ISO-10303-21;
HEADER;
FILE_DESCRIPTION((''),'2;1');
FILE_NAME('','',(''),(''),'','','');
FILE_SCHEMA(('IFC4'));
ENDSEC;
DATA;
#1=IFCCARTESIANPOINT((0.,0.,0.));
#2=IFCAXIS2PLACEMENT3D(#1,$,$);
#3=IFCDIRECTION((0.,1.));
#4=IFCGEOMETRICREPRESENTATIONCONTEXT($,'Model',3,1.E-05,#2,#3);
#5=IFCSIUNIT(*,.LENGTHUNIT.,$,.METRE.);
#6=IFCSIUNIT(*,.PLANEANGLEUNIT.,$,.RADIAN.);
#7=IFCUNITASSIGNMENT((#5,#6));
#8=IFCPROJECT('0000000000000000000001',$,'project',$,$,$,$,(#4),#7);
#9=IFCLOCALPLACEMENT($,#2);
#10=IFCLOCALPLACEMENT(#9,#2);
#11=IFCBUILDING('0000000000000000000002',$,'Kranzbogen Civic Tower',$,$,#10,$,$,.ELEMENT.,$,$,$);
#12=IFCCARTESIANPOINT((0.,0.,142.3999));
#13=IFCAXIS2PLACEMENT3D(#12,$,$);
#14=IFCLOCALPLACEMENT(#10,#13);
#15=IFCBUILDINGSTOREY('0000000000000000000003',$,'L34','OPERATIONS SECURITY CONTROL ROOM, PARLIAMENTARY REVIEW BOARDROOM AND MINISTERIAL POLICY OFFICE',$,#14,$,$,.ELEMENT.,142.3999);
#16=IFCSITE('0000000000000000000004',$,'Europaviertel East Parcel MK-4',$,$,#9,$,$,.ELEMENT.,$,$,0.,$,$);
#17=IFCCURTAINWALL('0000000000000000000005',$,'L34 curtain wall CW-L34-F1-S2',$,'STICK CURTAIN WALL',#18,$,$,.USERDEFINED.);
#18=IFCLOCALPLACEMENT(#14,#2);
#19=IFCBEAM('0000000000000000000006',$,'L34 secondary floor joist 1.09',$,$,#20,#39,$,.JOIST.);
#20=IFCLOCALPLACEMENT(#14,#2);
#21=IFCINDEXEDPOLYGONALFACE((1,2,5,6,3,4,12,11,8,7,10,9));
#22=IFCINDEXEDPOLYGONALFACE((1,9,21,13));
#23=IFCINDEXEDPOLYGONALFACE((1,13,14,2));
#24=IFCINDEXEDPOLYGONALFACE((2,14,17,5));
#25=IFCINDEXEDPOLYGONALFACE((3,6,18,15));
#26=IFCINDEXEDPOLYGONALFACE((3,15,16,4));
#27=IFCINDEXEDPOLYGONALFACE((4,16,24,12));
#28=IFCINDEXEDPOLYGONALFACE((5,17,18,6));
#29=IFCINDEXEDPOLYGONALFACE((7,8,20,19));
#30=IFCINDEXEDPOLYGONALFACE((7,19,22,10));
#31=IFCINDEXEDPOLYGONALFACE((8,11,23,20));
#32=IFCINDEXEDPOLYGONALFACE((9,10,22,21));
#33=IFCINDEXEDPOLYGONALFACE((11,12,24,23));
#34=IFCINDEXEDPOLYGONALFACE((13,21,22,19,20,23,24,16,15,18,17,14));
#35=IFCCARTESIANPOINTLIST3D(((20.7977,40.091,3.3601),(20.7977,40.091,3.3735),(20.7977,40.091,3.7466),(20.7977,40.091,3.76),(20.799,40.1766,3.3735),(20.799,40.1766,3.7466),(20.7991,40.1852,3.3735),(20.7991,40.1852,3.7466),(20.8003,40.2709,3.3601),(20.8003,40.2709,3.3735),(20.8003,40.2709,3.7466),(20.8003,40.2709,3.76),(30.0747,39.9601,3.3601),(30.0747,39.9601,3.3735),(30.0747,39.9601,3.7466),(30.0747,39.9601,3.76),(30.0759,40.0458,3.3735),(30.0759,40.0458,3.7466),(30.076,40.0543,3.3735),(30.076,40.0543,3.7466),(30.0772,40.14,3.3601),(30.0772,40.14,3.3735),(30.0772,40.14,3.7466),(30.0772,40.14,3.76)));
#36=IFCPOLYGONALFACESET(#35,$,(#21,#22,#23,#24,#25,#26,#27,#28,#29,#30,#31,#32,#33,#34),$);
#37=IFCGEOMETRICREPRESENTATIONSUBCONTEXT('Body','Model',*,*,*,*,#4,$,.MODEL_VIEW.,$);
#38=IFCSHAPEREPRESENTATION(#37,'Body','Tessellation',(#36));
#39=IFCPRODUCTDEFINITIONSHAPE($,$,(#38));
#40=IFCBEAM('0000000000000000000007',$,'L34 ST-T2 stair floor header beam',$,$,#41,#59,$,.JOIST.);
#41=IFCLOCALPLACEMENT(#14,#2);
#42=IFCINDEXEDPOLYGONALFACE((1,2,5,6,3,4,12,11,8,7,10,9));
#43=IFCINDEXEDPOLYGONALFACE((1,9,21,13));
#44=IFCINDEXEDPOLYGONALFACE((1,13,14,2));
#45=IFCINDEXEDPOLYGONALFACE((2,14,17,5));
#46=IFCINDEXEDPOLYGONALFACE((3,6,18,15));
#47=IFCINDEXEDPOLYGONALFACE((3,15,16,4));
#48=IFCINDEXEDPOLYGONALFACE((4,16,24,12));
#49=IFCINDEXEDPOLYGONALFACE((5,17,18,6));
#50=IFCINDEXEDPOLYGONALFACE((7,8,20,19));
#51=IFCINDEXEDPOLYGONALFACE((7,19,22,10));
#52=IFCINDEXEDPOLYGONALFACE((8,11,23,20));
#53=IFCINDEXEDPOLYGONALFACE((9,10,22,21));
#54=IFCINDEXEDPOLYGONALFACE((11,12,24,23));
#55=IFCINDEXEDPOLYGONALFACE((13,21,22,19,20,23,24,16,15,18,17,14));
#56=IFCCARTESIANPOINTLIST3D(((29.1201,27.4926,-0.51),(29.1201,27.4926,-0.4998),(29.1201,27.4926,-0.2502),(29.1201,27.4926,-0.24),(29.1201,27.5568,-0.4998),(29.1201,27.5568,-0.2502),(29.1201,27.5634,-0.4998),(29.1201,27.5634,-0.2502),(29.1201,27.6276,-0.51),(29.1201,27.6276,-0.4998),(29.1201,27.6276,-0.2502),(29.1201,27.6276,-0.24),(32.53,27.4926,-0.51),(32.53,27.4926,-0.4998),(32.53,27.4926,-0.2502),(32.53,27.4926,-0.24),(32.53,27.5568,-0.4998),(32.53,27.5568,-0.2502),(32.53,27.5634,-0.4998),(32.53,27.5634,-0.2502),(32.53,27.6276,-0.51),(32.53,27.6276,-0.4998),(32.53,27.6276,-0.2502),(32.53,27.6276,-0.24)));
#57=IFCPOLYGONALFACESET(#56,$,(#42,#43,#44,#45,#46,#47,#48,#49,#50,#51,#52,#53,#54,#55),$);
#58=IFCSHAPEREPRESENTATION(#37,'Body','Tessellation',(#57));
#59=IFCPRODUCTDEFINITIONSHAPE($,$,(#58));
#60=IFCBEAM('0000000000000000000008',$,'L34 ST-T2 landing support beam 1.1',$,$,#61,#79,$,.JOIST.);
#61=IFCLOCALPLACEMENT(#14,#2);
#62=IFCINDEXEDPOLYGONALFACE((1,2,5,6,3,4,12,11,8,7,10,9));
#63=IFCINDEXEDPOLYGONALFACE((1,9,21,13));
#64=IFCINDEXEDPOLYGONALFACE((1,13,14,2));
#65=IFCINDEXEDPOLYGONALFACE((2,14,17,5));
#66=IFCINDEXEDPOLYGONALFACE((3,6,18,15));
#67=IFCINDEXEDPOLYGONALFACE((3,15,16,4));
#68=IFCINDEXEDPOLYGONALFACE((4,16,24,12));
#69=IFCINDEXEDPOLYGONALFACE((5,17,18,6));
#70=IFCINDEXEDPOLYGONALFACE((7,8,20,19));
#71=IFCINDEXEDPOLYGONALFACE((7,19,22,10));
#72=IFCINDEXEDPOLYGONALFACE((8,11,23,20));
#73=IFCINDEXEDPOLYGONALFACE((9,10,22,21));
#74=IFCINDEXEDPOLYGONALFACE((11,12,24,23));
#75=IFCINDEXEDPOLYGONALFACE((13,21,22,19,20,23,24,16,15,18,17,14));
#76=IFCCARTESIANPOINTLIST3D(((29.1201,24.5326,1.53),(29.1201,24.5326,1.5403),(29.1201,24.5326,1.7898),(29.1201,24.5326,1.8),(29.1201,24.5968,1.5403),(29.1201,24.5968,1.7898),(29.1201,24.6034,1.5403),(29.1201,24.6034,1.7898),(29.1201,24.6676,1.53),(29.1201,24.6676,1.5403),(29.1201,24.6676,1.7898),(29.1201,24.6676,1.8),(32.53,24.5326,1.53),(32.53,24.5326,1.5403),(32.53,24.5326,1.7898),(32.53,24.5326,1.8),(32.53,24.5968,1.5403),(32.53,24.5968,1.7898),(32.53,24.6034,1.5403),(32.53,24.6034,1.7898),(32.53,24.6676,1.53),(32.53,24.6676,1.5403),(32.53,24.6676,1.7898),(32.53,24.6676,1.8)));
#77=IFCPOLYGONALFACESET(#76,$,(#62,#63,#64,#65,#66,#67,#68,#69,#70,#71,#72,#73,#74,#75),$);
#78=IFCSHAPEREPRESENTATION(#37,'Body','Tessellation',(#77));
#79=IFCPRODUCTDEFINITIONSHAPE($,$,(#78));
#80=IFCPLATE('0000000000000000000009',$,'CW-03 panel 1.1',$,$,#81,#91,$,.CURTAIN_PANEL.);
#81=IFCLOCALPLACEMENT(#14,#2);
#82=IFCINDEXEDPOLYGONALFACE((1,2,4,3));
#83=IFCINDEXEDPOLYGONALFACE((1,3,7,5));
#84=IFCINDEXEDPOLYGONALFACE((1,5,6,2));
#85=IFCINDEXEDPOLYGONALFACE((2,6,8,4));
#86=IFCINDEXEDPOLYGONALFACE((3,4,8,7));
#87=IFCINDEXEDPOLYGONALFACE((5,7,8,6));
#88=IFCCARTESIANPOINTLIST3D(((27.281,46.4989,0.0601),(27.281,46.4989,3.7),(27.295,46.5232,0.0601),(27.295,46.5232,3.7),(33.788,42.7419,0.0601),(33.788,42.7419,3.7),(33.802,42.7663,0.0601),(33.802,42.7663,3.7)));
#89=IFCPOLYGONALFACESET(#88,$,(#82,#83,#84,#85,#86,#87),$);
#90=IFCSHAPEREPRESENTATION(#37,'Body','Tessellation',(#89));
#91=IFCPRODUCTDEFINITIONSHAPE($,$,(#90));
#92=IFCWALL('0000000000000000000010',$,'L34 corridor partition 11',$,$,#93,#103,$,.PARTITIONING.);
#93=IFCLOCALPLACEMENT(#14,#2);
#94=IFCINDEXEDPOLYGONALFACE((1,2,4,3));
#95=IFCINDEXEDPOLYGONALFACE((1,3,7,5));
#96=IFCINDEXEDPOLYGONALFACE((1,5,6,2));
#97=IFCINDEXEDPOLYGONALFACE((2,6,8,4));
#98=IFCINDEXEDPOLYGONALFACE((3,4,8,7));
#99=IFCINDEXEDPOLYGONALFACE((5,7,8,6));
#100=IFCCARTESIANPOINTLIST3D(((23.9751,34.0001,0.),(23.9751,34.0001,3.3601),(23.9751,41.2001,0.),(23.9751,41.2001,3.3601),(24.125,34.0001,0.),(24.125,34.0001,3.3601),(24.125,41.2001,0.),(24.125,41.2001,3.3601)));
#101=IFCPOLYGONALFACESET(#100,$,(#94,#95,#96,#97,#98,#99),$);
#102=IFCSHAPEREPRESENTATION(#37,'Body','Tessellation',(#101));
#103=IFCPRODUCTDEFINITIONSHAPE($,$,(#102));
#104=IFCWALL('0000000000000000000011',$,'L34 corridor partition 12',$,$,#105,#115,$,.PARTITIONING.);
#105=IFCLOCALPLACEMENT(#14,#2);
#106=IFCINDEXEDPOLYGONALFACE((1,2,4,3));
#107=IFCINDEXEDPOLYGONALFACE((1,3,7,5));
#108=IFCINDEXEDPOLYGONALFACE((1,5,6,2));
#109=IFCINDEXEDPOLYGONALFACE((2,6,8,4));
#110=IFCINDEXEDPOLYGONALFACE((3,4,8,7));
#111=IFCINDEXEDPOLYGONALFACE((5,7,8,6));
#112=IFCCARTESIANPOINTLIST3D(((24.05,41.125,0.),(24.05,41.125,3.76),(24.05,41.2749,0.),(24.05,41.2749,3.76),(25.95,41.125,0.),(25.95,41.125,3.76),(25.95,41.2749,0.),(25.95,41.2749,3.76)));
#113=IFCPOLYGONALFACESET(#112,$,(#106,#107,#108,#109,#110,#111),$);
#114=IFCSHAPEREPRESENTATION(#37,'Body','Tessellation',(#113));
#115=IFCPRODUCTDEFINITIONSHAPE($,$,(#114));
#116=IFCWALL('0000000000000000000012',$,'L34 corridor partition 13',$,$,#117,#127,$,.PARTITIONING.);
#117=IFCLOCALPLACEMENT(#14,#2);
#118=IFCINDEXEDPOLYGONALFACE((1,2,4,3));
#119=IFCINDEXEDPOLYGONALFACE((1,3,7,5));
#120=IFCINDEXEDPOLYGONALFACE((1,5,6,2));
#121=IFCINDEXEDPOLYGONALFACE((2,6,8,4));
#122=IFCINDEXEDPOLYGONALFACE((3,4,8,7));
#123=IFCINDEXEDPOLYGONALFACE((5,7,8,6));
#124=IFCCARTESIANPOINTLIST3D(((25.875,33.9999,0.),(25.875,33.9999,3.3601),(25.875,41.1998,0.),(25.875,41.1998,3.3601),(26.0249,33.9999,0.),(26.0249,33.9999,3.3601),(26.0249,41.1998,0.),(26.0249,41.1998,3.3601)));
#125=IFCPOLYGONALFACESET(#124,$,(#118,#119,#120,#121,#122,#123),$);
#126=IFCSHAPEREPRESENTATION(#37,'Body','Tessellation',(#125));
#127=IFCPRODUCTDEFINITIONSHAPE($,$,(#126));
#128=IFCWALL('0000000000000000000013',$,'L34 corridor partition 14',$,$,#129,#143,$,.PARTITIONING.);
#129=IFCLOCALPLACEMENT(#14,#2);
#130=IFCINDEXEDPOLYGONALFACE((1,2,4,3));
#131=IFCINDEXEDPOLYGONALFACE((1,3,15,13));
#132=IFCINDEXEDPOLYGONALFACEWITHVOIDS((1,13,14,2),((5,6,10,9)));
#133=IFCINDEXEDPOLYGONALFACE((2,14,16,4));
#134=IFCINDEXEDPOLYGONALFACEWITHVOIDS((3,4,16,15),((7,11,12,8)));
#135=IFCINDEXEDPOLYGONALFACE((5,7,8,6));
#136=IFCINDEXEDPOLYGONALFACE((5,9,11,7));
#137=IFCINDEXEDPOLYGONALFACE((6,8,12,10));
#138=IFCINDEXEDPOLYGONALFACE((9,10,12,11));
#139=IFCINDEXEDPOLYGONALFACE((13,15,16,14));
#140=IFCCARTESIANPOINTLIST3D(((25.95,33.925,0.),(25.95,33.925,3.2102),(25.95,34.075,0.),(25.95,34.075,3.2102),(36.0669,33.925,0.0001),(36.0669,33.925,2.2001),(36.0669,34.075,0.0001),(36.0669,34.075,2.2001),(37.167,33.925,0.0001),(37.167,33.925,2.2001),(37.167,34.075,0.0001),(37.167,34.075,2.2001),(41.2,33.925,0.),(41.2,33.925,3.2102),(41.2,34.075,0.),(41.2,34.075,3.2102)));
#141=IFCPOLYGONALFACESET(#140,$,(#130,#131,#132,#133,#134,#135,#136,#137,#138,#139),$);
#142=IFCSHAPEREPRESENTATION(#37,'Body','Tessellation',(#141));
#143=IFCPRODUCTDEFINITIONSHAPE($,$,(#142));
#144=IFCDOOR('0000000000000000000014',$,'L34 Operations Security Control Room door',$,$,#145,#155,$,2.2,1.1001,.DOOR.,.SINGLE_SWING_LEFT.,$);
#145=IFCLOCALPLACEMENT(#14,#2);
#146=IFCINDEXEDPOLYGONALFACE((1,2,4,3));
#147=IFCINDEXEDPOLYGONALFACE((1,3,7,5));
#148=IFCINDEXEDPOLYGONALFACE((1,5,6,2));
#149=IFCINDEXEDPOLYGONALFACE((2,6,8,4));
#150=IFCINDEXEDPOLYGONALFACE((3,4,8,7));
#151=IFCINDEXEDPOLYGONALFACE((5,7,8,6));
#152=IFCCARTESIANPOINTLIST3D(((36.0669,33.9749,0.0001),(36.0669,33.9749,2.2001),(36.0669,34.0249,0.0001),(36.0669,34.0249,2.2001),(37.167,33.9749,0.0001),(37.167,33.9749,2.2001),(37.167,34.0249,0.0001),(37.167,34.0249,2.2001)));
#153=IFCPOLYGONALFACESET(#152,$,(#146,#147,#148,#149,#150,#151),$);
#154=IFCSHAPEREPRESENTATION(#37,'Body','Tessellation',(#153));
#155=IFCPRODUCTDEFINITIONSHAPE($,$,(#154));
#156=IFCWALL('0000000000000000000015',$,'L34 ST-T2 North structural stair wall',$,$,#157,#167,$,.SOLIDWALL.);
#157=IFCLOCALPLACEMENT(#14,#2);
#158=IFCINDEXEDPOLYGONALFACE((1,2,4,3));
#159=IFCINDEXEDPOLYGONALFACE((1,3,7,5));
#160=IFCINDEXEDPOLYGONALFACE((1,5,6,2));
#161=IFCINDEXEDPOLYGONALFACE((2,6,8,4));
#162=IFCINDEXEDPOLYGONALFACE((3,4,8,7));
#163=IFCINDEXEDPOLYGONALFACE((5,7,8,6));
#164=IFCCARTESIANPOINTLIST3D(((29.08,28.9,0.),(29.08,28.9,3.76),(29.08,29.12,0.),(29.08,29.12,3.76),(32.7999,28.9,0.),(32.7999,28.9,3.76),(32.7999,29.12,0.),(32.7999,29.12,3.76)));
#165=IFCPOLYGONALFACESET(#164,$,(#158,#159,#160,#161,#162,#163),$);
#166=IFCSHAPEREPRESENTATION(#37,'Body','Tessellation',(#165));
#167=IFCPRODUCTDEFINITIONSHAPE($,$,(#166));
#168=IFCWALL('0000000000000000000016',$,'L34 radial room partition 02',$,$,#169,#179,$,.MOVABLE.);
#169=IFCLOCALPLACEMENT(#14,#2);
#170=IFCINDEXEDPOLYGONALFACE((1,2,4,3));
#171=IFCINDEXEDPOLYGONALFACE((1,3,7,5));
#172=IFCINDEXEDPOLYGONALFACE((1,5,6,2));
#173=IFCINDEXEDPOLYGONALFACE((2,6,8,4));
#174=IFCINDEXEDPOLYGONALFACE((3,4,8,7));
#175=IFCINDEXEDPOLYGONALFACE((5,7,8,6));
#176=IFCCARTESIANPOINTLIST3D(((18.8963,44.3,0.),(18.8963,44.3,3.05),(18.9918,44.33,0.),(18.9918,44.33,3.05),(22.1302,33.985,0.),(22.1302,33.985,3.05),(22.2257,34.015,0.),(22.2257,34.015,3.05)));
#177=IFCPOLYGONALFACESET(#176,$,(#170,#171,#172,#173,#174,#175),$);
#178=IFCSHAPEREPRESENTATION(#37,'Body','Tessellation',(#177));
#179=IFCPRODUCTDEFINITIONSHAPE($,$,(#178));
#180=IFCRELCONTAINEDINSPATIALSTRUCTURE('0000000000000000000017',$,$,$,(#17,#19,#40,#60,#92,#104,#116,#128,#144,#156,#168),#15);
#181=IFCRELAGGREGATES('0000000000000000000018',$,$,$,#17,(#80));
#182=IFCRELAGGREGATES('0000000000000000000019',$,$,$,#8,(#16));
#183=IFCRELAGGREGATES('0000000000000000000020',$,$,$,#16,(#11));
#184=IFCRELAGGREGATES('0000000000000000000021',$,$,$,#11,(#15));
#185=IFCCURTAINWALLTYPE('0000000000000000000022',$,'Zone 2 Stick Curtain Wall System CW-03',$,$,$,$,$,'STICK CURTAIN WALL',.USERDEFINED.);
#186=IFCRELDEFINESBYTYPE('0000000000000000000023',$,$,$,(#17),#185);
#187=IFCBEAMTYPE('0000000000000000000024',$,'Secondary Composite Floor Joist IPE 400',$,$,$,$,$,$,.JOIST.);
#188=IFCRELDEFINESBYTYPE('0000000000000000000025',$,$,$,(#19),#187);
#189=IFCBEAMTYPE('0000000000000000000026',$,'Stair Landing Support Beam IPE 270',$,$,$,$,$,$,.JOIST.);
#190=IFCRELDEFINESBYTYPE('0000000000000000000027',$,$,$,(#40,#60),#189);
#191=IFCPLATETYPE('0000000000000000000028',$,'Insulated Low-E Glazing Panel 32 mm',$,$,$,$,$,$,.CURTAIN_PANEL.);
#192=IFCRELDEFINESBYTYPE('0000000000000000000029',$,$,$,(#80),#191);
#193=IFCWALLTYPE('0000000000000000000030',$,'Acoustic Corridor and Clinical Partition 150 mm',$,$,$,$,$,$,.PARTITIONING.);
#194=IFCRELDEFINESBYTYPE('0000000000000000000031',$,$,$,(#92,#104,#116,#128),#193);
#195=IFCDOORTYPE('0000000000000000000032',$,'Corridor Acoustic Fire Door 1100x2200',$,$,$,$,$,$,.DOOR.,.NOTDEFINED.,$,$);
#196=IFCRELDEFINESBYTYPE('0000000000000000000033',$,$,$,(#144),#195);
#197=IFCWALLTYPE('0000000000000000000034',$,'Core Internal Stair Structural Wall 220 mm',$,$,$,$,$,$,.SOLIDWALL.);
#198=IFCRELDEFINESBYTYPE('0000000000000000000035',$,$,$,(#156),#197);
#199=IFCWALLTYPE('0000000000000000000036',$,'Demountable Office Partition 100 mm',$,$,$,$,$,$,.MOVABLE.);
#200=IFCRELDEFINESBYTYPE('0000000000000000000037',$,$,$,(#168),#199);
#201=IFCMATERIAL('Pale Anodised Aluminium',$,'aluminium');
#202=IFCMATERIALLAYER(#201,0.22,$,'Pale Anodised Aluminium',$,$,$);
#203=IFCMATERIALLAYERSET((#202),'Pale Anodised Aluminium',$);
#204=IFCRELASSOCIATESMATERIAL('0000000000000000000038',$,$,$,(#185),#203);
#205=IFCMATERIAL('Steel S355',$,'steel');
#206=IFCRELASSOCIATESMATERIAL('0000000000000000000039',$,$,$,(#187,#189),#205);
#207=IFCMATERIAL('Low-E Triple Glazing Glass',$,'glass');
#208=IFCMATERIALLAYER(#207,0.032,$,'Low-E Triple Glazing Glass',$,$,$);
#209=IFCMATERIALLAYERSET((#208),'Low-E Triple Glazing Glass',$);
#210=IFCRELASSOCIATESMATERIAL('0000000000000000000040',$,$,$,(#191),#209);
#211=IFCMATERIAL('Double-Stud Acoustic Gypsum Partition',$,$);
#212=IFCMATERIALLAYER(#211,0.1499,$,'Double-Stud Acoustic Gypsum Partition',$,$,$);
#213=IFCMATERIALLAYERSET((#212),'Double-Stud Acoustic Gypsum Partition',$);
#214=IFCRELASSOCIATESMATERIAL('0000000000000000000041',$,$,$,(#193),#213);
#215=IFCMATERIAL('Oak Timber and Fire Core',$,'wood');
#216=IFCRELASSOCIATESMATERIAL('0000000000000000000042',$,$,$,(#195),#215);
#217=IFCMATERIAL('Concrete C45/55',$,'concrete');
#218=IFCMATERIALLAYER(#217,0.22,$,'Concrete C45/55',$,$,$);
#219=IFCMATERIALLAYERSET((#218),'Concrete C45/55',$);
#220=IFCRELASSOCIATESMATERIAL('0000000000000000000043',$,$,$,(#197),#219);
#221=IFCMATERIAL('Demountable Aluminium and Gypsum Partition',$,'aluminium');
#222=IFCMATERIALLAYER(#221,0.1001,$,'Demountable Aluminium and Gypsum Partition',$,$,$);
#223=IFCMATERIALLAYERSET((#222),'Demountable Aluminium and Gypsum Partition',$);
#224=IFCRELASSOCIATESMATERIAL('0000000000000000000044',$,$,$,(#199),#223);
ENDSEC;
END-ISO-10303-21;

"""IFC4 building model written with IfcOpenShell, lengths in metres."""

from ifc_helpers import new_model, si_unit, direction, frame, frame_2d, origin, origin_2d, place, context, subcontext, project, spatial, rectangle, i_section, extrude, material, layer, layer_set, material_profile, profile_set, type_object, element, fill, aggregate, save


model = new_model("IFC4")

# Units and contexts
model_context = context("Model", 3, precision=1e-05, world=origin(), true_north=direction((0.0, 1.0)))
body_context = subcontext(model_context, "Body", "Model", "MODEL_VIEW")
ifc_project = project(units=[si_unit("LENGTHUNIT", "METRE"), si_unit("PLANEANGLEUNIT", "RADIAN")], contexts=[model_context])

# Site, building, storey
site_placement = place(None, origin())
site = spatial("IfcSite", under=ifc_project, at=site_placement, Name="Europaviertel East Parcel MK-4", CompositionType="ELEMENT", RefElevation=0.0)
building_placement = place(site_placement, origin())
building = spatial("IfcBuilding", under=site, at=building_placement, Name="Kranzbogen Civic Tower", CompositionType="ELEMENT")
storey_placement = place(building_placement, frame((0.0, 0.0, 142.3999)))
storey = spatial("IfcBuildingStorey", under=building, at=storey_placement, Name="L34", Description="OPERATIONS SECURITY CONTROL ROOM, PARLIAMENTARY REVIEW BOARDROOM AND MINISTERIAL POLICY OFFICE", CompositionType="ELEMENT", Elevation=142.3999)

# Shared definitions
ifc_material_1 = material(Name="Steel S355", Category="steel")

# Curtain wall
ifc_material_2 = material(Name="Pale Anodised Aluminium", Category="aluminium")
ifc_layer_1 = layer(ifc_material_2, 0.22, Name="Pale Anodised Aluminium")
ifc_layer_set_1 = layer_set([ifc_layer_1], Name="Pale Anodised Aluminium")
curtain_wall_type = type_object("IfcCurtainWallType", Name="Zone 2 Stick Curtain Wall System CW-03", ElementType="STICK CURTAIN WALL", PredefinedType="USERDEFINED", material=ifc_layer_set_1)
curtain_wall_1_placement = place(storey_placement, origin())
curtain_wall_1 = element("IfcCurtainWall", 1, at=curtain_wall_1_placement, inside=storey, type_object=curtain_wall_type, Name="L34 curtain wall CW-L34-F1-S2", ObjectType="STICK CURTAIN WALL", PredefinedType="USERDEFINED")

# Beams
ifc_material_profile_1 = material_profile(ifc_material_1, i_section(OverallWidth=0.1799, OverallDepth=0.3999, WebThickness=0.0085, FlangeThickness=0.0134, at=origin_2d()), Name="IPE 400")
ifc_profile_set_1 = profile_set([ifc_material_profile_1], Name="Steel S355")
beam_type_1 = type_object("IfcBeamType", Name="Secondary Composite Floor Joist IPE 400", PredefinedType="JOIST", material=ifc_profile_set_1)
beam_1_placement = place(storey_placement, frame((30.0759, 40.05, 3.5601), z_axis=(-0.999901, 0.014105, 0.0), x_axis=(-0.014105, -0.999901, 0.0)))
element("IfcBeam", 2, at=beam_1_placement, inside=storey, type_object=beam_type_1, Name="L34 secondary floor joist 1.09", PredefinedType="JOIST", context=body_context, shape_type="SweptSolid", body=[
    extrude(i_section(OverallWidth=0.1799, OverallDepth=0.3999, WebThickness=0.0085, FlangeThickness=0.0134, at=origin_2d()), origin(), (0.0, 0.0, 1.0), 9.2778),
])
ifc_material_profile_2 = material_profile(ifc_material_1, i_section(OverallWidth=0.135, OverallDepth=0.27, WebThickness=0.0066, FlangeThickness=0.0103, at=origin_2d()), Name="IPE 270")
ifc_profile_set_2 = profile_set([ifc_material_profile_2], Name="Steel S355")
beam_type_2 = type_object("IfcBeamType", Name="Stair Landing Support Beam IPE 270", PredefinedType="JOIST", material=ifc_profile_set_2)
for number, where, z_axis, x_axis, name in (
    (3, (29.1201, 27.5601, -0.375), (1.0, 0.0, 0.0), (0.0, 1.0, 0.0), "L34 ST-T2 stair floor header beam"),
    (4, (29.1201, 24.6001, 1.665), (1.0, 0.0, 0.0), (0.0, 1.0, 0.0), "L34 ST-T2 landing support beam 1.1"),
):
    element("IfcBeam", number, at=place(storey_placement, frame(where, z_axis=z_axis, x_axis=x_axis)), inside=storey, type_object=beam_type_2, Name=name, PredefinedType="JOIST", context=body_context, shape_type="SweptSolid", body=[
        extrude(i_section(OverallWidth=0.135, OverallDepth=0.27, WebThickness=0.0066, FlangeThickness=0.0103, at=origin_2d()), origin(), (0.0, 0.0, 1.0), 3.4099),
    ])

# Plate
ifc_material_3 = material(Name="Low-E Triple Glazing Glass", Category="glass")
ifc_layer_2 = layer(ifc_material_3, 0.032, Name="Low-E Triple Glazing Glass")
ifc_layer_set_2 = layer_set([ifc_layer_2], Name="Low-E Triple Glazing Glass")
plate_type = type_object("IfcPlateType", Name="Insulated Low-E Glazing Panel 32 mm", PredefinedType="CURTAIN_PANEL", material=ifc_layer_set_2)
plate_placement = place(storey_placement, frame((30.5415, 44.6326, 0.0601), z_axis=(0.0, 0.0, 1.0), x_axis=(-0.866018, 0.500013, 0.0)))
plate = element("IfcPlate", 5, at=plate_placement, type_object=plate_type, Name="CW-03 panel 1.1", PredefinedType="CURTAIN_PANEL", context=body_context, shape_type="SweptSolid", body=[
    extrude(rectangle(XDim=7.5137, YDim=0.0281, at=origin_2d()), origin(), (0.0, 0.0, 1.0), 3.6399),
])
aggregate(curtain_wall_1, [plate])

# Walls
ifc_material_4 = material(Name="Double-Stud Acoustic Gypsum Partition")
ifc_layer_3 = layer(ifc_material_4, 0.1499, Name="Double-Stud Acoustic Gypsum Partition")
ifc_layer_set_3 = layer_set([ifc_layer_3], Name="Double-Stud Acoustic Gypsum Partition")
wall_type_1 = type_object("IfcWallType", Name="Acoustic Corridor and Clinical Partition 150 mm", PredefinedType="PARTITIONING", material=ifc_layer_set_3)
wall_1_placement = place(storey_placement, frame((24.05, 34.0, 0.0), z_axis=(0.0, 0.0, 1.0), x_axis=(0.0, 1.0, 0.0)))
element("IfcWall", 6, at=wall_1_placement, inside=storey, type_object=wall_type_1, Name="L34 corridor partition 11", PredefinedType="PARTITIONING", context=body_context, shape_type="SweptSolid", body=[
    extrude(rectangle(XDim=7.2, YDim=0.1499, at=frame_2d((3.6001, 0.0))), origin(), (0.0, 0.0, 1.0), 3.3601),
])
wall_2_placement = place(storey_placement, frame((24.05, 41.2, 0.0), z_axis=(0.0, 0.0, 1.0), x_axis=(1.0, 0.0, 0.0)))
element("IfcWall", 7, at=wall_2_placement, inside=storey, type_object=wall_type_1, Name="L34 corridor partition 12", PredefinedType="PARTITIONING", context=body_context, shape_type="SweptSolid", body=[
    extrude(rectangle(XDim=1.8999, YDim=0.1499, at=frame_2d((0.95, 0.0))), origin(), (0.0, 0.0, 1.0), 3.76),
])
wall_3_placement = place(storey_placement, frame((25.95, 41.2, 0.0), z_axis=(0.0, 0.0, 1.0), x_axis=(0.0, -1.0, 0.0)))
element("IfcWall", 8, at=wall_3_placement, inside=storey, type_object=wall_type_1, Name="L34 corridor partition 13", PredefinedType="PARTITIONING", context=body_context, shape_type="SweptSolid", body=[
    extrude(rectangle(XDim=7.2, YDim=0.1499, at=frame_2d((3.6001, 0.0))), origin(), (0.0, 0.0, 1.0), 3.3601),
])

# Wall, opening, door
wall_4_placement = place(storey_placement, frame((25.95, 34.0, 0.0), z_axis=(0.0, 0.0, 1.0), x_axis=(1.0, 0.0, 0.0)))
wall_4 = element("IfcWall", 9, at=wall_4_placement, inside=storey, type_object=wall_type_1, Name="L34 corridor partition 14", PredefinedType="PARTITIONING", context=body_context, shape_type="SweptSolid", body=[
    extrude(rectangle(XDim=15.25, YDim=0.1499, at=frame_2d((7.625, 0.0))), origin(), (0.0, 0.0, 1.0), 3.2102),
])
opening_1_placement = place(wall_4_placement, frame((10.1169, 0.0, 0.0)))
opening_1 = element("IfcOpeningElement", 10, at=opening_1_placement, cuts=wall_4, PredefinedType="OPENING", context=body_context, shape_type="SweptSolid", body=[
    extrude(rectangle(XDim=1.1001, YDim=2.2, at=frame_2d((0.55, 1.1001))), frame((0.0, 0.085, 0.0), z_axis=(0.0, -1.0, 0.0), x_axis=(1.0, 0.0, 0.0)), (0.0, 0.0, 1.0), 0.1699),
])
ifc_material_5 = material(Name="Oak Timber and Fire Core", Category="wood")
door_type_1 = type_object("IfcDoorType", Name="Corridor Acoustic Fire Door 1100x2200", OperationType="NOTDEFINED", PredefinedType="DOOR", material=ifc_material_5)
door_1_placement = place(opening_1_placement, origin())
door_1 = element("IfcDoor", 11, at=door_1_placement, inside=storey, type_object=door_type_1, Name="L34 Operations Security Control Room door", OperationType="SINGLE_SWING_LEFT", OverallHeight=2.2, OverallWidth=1.1001, PredefinedType="DOOR", context=body_context, shape_type="SweptSolid", body=[
    extrude(rectangle(XDim=1.1001, YDim=2.2, at=frame_2d((0.55, 1.1001))), frame((0.0, 0.0249, 0.0), z_axis=(0.0, -1.0, 0.0), x_axis=(1.0, 0.0, 0.0)), (0.0, 0.0, 1.0), 0.05),
])
fill(opening_1, door_1)

# Walls
ifc_material_6 = material(Name="Concrete C45/55", Category="concrete")
ifc_layer_4 = layer(ifc_material_6, 0.22, Name="Concrete C45/55")
ifc_layer_set_4 = layer_set([ifc_layer_4], Name="Concrete C45/55")
wall_type_2 = type_object("IfcWallType", Name="Core Internal Stair Structural Wall 220 mm", PredefinedType="SOLIDWALL", material=ifc_layer_set_4)
wall_5_placement = place(storey_placement, frame((29.0801, 29.01, 0.0), z_axis=(0.0, 0.0, 1.0), x_axis=(1.0, 0.0, 0.0)))
element("IfcWall", 12, at=wall_5_placement, inside=storey, type_object=wall_type_2, Name="L34 ST-T2 North structural stair wall", PredefinedType="SOLIDWALL", context=body_context, shape_type="SweptSolid", body=[
    extrude(rectangle(XDim=3.72, YDim=0.22, at=frame_2d((1.8599, 0.0))), origin(), (0.0, 0.0, 1.0), 3.76),
])
ifc_material_7 = material(Name="Demountable Aluminium and Gypsum Partition", Category="aluminium")
ifc_layer_5 = layer(ifc_material_7, 0.1001, Name="Demountable Aluminium and Gypsum Partition")
ifc_layer_set_5 = layer_set([ifc_layer_5], Name="Demountable Aluminium and Gypsum Partition")
wall_type_3 = type_object("IfcWallType", Name="Demountable Office Partition 100 mm", PredefinedType="MOVABLE", material=ifc_layer_set_5)
wall_6_placement = place(storey_placement, frame((22.178, 34.0, 0.0), z_axis=(0.0, 0.0, 1.0), x_axis=(-0.299157, 0.954204, 0.0)))
element("IfcWall", 13, at=wall_6_placement, inside=storey, type_object=wall_type_3, Name="L34 radial room partition 02", PredefinedType="MOVABLE", context=body_context, shape_type="SweptSolid", body=[
    extrude(rectangle(XDim=10.8101, YDim=0.1001, at=frame_2d((5.405, 0.0))), origin(), (0.0, 0.0, 1.0), 3.05),
])

save(model, "model.ifc")
